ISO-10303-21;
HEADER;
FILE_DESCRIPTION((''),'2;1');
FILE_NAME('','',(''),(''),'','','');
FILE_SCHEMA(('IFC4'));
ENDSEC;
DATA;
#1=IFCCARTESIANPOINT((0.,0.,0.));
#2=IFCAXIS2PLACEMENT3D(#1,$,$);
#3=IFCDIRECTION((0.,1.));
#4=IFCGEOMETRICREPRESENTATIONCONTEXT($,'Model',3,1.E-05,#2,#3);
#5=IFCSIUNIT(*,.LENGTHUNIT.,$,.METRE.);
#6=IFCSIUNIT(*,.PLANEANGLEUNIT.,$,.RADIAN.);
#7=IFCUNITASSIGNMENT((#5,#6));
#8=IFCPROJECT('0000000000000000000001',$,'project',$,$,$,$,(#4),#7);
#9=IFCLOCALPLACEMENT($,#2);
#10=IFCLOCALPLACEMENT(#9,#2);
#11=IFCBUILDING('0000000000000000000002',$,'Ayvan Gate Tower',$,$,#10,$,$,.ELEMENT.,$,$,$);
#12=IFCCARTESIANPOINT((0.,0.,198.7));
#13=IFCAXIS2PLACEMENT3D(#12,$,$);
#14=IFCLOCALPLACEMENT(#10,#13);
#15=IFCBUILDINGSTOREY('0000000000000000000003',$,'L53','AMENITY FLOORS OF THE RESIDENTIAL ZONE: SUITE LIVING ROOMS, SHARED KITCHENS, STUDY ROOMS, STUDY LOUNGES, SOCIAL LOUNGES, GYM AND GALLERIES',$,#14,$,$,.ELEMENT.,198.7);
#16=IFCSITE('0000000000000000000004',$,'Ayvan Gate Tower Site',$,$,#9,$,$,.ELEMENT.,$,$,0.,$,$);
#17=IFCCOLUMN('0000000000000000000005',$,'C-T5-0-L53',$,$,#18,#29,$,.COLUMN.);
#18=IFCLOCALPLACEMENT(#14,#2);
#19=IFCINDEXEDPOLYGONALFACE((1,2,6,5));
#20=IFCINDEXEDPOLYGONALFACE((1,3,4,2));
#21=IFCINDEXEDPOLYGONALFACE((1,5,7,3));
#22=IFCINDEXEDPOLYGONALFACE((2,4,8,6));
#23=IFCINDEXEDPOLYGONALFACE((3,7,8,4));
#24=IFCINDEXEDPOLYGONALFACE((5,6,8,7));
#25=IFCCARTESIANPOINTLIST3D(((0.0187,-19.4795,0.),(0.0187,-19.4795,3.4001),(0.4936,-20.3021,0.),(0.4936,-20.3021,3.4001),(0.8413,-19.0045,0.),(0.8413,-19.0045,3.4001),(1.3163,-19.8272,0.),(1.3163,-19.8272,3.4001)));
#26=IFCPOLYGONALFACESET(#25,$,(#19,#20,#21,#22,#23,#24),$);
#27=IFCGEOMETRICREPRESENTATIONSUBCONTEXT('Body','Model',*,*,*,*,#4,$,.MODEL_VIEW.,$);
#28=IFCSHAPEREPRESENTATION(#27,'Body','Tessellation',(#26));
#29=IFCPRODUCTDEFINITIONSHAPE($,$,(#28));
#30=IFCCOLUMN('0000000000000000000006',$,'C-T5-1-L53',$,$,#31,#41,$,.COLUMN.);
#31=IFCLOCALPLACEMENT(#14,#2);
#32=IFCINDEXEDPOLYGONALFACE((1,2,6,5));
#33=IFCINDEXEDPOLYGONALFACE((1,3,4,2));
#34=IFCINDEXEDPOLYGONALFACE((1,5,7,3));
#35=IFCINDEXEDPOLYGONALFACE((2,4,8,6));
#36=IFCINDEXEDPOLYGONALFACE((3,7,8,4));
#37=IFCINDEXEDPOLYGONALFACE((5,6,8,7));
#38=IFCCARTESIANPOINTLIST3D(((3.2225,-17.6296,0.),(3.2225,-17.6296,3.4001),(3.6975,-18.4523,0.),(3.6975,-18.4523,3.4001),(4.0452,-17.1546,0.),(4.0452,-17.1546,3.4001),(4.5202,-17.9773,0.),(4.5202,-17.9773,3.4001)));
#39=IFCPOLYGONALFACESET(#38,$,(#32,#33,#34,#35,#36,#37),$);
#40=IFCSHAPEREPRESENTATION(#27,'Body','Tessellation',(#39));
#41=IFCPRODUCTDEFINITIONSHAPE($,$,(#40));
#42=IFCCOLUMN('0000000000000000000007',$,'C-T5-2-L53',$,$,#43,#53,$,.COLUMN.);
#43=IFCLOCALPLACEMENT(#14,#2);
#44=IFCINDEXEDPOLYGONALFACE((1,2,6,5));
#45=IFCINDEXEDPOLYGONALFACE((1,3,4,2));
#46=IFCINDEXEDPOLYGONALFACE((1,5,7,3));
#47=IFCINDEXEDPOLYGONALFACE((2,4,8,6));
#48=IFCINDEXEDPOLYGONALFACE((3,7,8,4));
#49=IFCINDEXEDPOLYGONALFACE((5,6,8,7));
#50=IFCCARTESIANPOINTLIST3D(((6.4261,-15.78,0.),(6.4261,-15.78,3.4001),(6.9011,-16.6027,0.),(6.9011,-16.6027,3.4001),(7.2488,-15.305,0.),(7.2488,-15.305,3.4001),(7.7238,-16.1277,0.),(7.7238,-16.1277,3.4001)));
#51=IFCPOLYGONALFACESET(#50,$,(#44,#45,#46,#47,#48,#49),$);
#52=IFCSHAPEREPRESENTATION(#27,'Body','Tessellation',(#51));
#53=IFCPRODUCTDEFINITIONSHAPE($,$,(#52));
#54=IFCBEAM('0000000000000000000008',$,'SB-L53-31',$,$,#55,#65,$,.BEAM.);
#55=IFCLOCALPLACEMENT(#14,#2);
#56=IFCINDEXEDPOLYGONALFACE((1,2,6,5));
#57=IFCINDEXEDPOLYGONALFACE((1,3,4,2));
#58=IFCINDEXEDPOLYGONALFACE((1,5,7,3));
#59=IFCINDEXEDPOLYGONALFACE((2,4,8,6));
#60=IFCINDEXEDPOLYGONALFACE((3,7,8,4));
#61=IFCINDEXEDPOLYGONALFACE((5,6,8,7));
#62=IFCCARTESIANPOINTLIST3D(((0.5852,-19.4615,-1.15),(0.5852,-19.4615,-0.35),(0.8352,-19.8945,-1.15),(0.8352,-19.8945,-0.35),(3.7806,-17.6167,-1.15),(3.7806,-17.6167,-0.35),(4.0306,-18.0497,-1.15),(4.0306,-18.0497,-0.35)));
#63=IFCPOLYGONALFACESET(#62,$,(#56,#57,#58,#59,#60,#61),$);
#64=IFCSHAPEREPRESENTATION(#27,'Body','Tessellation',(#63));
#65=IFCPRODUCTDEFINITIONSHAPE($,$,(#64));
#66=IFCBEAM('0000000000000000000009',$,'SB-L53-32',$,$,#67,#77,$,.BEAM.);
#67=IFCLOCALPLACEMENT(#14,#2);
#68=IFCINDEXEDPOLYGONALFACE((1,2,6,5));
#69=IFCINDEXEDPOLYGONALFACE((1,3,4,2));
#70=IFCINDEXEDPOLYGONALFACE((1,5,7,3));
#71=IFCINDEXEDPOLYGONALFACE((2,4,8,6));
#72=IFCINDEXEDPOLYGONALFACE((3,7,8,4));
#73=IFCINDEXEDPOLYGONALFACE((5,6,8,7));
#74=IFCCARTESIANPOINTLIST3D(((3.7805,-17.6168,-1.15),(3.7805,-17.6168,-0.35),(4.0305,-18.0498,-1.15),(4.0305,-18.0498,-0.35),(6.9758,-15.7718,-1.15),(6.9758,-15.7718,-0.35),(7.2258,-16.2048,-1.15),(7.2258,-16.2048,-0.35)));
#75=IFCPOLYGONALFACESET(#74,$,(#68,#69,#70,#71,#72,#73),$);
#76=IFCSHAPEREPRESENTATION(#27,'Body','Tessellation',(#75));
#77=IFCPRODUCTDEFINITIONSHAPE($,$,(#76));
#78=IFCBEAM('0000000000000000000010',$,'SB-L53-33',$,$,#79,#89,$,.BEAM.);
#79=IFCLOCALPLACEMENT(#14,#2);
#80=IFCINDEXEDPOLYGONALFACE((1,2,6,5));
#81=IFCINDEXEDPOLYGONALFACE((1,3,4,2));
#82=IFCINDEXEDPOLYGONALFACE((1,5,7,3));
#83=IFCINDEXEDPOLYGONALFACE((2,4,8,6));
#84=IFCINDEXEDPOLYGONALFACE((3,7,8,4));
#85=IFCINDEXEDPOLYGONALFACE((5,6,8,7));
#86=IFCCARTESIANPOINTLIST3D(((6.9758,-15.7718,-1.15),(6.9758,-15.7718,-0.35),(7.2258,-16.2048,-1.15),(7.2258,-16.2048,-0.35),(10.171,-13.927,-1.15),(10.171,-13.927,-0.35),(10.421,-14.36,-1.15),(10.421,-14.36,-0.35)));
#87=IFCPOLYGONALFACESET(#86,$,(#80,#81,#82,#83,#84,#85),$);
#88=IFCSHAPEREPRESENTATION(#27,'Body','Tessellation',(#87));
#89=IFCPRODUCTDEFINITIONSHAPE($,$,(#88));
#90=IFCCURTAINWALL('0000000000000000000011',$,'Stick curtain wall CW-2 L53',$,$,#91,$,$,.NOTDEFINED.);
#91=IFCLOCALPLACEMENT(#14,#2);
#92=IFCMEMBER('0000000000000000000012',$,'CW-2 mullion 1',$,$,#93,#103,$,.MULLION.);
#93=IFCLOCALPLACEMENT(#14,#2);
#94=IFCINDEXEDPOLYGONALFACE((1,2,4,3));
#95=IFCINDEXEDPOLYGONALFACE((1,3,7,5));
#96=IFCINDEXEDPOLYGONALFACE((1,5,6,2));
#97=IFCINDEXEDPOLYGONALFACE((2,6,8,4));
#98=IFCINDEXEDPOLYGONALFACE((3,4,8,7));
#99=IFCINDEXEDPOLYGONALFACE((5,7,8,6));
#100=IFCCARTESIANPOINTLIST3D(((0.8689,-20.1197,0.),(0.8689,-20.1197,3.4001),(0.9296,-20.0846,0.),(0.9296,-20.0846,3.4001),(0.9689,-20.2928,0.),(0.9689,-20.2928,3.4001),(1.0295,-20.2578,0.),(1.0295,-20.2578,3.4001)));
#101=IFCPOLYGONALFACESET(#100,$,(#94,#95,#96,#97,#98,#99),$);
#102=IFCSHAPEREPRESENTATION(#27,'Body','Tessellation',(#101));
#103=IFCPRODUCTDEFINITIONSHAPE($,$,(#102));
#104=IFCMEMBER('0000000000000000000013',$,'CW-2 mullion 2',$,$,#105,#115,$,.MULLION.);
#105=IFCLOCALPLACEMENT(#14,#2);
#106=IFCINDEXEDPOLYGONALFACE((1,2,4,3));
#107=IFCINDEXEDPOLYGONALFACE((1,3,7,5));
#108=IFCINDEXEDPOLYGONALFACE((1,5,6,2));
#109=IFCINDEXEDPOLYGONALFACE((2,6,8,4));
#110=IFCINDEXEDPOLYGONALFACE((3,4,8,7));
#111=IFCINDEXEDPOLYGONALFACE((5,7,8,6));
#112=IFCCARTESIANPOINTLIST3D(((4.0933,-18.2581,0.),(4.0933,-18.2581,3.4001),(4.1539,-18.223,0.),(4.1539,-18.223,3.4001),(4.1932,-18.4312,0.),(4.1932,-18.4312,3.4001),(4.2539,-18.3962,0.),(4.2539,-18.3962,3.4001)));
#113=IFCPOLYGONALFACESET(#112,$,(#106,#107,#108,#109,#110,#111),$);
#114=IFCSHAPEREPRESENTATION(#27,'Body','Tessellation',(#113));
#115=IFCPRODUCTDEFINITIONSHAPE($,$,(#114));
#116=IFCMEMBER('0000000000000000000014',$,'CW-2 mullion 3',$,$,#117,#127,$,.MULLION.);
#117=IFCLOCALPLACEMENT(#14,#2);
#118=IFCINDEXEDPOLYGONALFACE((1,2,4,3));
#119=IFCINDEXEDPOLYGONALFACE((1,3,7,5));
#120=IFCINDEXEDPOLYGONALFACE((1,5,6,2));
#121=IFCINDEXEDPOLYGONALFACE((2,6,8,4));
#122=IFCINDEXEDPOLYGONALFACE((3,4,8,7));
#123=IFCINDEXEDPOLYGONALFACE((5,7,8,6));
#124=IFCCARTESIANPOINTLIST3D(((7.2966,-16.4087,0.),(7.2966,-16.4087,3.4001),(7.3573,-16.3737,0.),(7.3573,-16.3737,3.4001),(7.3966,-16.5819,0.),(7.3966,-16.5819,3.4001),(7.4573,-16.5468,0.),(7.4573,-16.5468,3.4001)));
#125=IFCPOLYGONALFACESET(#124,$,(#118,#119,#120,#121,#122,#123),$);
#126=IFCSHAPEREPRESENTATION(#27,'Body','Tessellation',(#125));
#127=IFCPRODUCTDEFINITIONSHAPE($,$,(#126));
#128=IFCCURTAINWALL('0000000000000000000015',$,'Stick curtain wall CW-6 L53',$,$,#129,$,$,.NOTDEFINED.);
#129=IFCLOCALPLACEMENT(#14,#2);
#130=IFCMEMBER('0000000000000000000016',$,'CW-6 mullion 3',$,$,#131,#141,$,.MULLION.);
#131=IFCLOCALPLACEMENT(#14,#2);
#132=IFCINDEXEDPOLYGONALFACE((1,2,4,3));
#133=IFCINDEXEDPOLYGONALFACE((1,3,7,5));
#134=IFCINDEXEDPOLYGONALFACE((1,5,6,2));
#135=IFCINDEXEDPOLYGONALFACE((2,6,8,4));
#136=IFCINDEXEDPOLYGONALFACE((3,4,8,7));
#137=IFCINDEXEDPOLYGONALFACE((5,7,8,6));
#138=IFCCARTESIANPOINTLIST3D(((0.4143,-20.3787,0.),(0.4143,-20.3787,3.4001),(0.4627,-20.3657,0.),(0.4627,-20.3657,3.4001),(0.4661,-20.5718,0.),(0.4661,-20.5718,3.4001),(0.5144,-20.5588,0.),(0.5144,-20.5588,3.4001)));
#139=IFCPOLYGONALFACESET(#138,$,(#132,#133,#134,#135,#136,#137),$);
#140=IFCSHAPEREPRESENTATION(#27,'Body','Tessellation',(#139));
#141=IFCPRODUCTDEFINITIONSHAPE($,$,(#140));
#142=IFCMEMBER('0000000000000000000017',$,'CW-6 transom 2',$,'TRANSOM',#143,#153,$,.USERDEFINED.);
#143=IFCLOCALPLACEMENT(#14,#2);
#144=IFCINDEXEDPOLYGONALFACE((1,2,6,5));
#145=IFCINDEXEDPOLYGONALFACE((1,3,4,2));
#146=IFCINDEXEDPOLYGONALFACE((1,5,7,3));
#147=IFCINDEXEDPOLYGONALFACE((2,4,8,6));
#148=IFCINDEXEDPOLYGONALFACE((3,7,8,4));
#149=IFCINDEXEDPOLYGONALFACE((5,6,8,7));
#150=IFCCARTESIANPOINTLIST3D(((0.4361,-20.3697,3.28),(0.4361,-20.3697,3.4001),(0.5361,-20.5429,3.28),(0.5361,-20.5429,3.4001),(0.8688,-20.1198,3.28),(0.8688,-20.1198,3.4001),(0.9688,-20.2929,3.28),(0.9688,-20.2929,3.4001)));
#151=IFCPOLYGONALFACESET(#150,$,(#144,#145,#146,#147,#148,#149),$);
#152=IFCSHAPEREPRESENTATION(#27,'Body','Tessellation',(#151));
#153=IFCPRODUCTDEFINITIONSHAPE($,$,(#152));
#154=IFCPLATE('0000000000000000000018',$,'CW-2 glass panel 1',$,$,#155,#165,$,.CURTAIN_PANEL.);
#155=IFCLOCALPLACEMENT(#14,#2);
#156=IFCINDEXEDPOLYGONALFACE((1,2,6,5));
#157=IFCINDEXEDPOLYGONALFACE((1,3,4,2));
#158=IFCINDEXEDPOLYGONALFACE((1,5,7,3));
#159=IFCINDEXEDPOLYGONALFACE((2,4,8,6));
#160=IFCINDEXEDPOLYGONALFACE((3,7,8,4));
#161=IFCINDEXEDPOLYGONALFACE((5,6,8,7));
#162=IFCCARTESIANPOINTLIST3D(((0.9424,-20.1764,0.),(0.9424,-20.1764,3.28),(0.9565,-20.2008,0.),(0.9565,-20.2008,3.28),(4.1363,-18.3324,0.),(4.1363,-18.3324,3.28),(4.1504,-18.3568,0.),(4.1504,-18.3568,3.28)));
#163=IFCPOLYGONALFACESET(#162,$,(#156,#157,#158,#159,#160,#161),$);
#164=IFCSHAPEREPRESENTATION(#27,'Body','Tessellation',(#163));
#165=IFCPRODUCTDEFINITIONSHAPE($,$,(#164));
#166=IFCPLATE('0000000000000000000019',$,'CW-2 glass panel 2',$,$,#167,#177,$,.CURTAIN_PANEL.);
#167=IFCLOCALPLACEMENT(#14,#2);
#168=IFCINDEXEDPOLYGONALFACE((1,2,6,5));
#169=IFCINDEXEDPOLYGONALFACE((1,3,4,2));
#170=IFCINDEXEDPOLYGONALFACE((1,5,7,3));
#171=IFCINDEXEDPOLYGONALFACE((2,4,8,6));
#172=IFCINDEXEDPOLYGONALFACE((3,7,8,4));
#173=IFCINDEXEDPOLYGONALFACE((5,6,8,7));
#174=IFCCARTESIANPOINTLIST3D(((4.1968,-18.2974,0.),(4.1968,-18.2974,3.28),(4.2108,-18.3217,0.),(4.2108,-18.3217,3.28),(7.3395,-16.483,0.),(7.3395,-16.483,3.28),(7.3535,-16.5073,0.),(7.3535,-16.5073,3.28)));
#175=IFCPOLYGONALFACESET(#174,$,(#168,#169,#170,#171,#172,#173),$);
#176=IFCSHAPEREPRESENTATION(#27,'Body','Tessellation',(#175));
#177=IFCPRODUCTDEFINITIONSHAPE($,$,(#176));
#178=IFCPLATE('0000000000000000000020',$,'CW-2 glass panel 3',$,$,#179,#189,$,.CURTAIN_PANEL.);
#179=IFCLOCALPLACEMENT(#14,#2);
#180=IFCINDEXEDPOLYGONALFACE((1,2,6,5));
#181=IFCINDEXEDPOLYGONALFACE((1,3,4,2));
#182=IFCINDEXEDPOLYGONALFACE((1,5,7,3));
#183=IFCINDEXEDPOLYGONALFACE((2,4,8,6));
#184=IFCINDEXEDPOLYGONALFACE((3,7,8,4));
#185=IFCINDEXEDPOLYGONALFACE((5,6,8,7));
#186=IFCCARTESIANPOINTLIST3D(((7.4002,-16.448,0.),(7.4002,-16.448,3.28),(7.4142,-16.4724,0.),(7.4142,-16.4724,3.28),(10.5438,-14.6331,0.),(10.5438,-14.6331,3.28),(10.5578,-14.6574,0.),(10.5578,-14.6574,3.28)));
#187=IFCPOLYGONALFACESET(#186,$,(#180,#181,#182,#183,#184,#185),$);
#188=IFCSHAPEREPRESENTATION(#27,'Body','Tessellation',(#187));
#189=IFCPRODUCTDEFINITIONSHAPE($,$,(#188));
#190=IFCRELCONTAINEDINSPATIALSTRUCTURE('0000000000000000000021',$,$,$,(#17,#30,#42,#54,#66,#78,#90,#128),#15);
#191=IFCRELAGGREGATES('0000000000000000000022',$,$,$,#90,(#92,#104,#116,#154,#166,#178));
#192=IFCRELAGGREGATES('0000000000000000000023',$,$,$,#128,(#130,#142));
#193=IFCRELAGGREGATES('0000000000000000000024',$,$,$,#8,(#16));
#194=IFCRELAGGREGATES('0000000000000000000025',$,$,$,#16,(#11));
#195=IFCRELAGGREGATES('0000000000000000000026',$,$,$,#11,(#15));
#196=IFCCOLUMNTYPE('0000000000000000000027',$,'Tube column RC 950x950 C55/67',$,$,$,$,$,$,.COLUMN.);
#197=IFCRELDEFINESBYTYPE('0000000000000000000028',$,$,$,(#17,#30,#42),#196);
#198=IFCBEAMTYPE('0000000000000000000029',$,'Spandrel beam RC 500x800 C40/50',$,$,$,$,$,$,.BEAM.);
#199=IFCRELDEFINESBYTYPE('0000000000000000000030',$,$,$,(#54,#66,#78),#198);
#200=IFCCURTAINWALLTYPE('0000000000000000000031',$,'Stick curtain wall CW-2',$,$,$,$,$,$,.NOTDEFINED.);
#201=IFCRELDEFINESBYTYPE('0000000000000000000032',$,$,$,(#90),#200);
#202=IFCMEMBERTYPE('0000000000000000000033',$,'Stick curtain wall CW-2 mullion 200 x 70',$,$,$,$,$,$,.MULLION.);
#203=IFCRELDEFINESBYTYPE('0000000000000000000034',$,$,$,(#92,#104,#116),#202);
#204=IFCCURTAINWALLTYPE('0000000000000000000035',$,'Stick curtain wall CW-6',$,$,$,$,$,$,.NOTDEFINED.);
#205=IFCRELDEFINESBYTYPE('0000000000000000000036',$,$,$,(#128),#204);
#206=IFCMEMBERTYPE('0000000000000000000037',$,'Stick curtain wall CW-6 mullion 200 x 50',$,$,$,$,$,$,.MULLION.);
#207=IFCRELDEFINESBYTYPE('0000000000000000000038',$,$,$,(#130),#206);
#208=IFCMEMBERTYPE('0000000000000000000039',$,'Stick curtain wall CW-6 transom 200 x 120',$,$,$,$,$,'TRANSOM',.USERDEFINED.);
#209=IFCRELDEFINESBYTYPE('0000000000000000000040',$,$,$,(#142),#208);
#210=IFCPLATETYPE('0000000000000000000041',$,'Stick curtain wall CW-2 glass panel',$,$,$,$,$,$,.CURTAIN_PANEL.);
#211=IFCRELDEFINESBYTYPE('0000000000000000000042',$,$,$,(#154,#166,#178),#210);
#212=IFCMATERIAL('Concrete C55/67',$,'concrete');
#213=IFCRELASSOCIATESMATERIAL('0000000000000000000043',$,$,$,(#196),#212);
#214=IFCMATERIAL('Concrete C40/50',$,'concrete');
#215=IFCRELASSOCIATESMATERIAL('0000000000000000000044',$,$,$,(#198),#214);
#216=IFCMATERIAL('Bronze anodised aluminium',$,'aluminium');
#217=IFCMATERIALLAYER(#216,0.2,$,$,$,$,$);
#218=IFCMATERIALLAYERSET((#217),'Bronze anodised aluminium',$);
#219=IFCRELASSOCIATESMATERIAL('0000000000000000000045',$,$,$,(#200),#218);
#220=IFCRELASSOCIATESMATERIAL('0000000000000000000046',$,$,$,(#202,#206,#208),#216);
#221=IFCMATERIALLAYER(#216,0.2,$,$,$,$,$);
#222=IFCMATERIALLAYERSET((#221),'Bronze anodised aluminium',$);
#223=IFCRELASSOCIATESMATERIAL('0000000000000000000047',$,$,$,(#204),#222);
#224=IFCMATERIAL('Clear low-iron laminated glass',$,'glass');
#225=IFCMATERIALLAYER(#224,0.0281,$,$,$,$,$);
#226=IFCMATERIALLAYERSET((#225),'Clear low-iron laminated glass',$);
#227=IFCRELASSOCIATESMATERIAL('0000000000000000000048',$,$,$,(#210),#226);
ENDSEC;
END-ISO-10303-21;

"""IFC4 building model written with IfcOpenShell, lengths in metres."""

from ifc_helpers import new_model, si_unit, direction, frame, origin, origin_2d, place, context, subcontext, project, spatial, rectangle, extrude, material, layer, layer_set, material_profile, profile_set, type_object, element, aggregate, save


model = new_model("IFC4")

# Units and contexts
model_context = context("Model", 3, precision=1e-05, world=origin(), true_north=direction((0.0, 1.0)))
body_context = subcontext(model_context, "Body", "Model", "MODEL_VIEW")
ifc_project = project(units=[si_unit("LENGTHUNIT", "METRE"), si_unit("PLANEANGLEUNIT", "RADIAN")], contexts=[model_context])

# Site, building, storey
site_placement = place(None, origin())
site = spatial("IfcSite", under=ifc_project, at=site_placement, Name="Ayvan Gate Tower Site", CompositionType="ELEMENT", RefElevation=0.0)
building_placement = place(site_placement, origin())
building = spatial("IfcBuilding", under=site, at=building_placement, Name="Ayvan Gate Tower", CompositionType="ELEMENT")
storey_placement = place(building_placement, frame((0.0, 0.0, 198.7)))
storey = spatial("IfcBuildingStorey", under=building, at=storey_placement, Name="L53", Description="AMENITY FLOORS OF THE RESIDENTIAL ZONE: SUITE LIVING ROOMS, SHARED KITCHENS, STUDY ROOMS, STUDY LOUNGES, SOCIAL LOUNGES, GYM AND GALLERIES", CompositionType="ELEMENT", Elevation=198.7)

# Columns
ifc_material_1 = material(Name="Concrete C55/67", Category="concrete")
ifc_material_profile_1 = material_profile(ifc_material_1, rectangle(XDim=0.95, YDim=0.95, at=origin_2d()), Name="RC 950x950")
ifc_profile_set_1 = profile_set([ifc_material_profile_1], Name="Concrete C55/67")
column_type = type_object("IfcColumnType", Name="Tube column RC 950x950 C55/67", PredefinedType="COLUMN", material=ifc_profile_set_1)
for number, where, z_axis, x_axis, name in (
    (1, (0.6675, -19.6533, 0.0), (0.0, 0.0, 1.0), (0.5, -0.866025, 0.0), "C-T5-0-L53"),
    (2, (3.8713, -17.8035, 0.0), (0.0, 0.0, 1.0), (0.5, -0.866025, 0.0), "C-T5-1-L53"),
    (3, (7.075, -15.9539, 0.0), (0.0, 0.0, 1.0), (0.5, -0.866025, 0.0), "C-T5-2-L53"),
):
    element("IfcColumn", number, at=place(storey_placement, frame(where, z_axis=z_axis, x_axis=x_axis)), inside=storey, type_object=column_type, Name=name, PredefinedType="COLUMN", context=body_context, shape_type="SweptSolid", body=[
        extrude(rectangle(XDim=0.95, YDim=0.95, at=origin_2d()), origin(), (0.0, 0.0, 1.0), 3.4001),
    ])

# Beams
ifc_material_2 = material(Name="Concrete C40/50", Category="concrete")
ifc_material_profile_2 = material_profile(ifc_material_2, rectangle(XDim=0.5, YDim=0.8, at=origin_2d()), Name="RC 500x800")
ifc_profile_set_2 = profile_set([ifc_material_profile_2], Name="Concrete C40/50")
beam_type = type_object("IfcBeamType", Name="Spandrel beam RC 500x800 C40/50", PredefinedType="BEAM", material=ifc_profile_set_2)
for number, where, z_axis, x_axis, name in (
    (4, (0.7102, -19.678, -0.75), (0.866036, 0.499982, 0.0), (-0.499982, 0.866036, 0.0), "SB-L53-31"),
    (5, (3.9055, -17.8333, -0.75), (0.866007, 0.500032, 0.0), (-0.500032, 0.866007, 0.0), "SB-L53-32"),
):
    element("IfcBeam", number, at=place(storey_placement, frame(where, z_axis=z_axis, x_axis=x_axis)), inside=storey, type_object=beam_type, Name=name, PredefinedType="BEAM", context=body_context, shape_type="SweptSolid", body=[
        extrude(rectangle(XDim=0.5, YDim=0.8, at=origin_2d()), origin(), (0.0, 0.0, 1.0), 3.6897),
    ])
beam_placement = place(storey_placement, frame((7.1008, -15.9883, -0.75), z_axis=(0.866019, 0.500011, 0.0), x_axis=(-0.500011, 0.866019, 0.0)))
element("IfcBeam", 6, at=beam_placement, inside=storey, type_object=beam_type, Name="SB-L53-33", PredefinedType="BEAM", context=body_context, shape_type="SweptSolid", body=[
    extrude(rectangle(XDim=0.5, YDim=0.8, at=origin_2d()), origin(), (0.0, 0.0, 1.0), 3.6895),
])

# Curtain walls, members
ifc_material_3 = material(Name="Bronze anodised aluminium", Category="aluminium")
ifc_layer_1 = layer(ifc_material_3, 0.2)
ifc_layer_set_1 = layer_set([ifc_layer_1], Name="Bronze anodised aluminium")
curtain_wall_type_1 = type_object("IfcCurtainWallType", Name="Stick curtain wall CW-2", PredefinedType="NOTDEFINED", material=ifc_layer_set_1)
curtain_wall_1_placement = place(storey_placement, origin())
curtain_wall_1 = element("IfcCurtainWall", 7, at=curtain_wall_1_placement, inside=storey, type_object=curtain_wall_type_1, Name="Stick curtain wall CW-2 L53", PredefinedType="NOTDEFINED")
ifc_material_profile_3 = material_profile(ifc_material_3, rectangle(XDim=0.2, YDim=0.0701, at=origin_2d()), Name="Stick curtain wall CW-2 mullion 200 x 70")
ifc_profile_set_3 = profile_set([ifc_material_profile_3], Name="Bronze anodised aluminium")
member_type_1 = type_object("IfcMemberType", Name="Stick curtain wall CW-2 mullion 200 x 70", PredefinedType="MULLION", material=ifc_profile_set_3)
member_1_placement = place(storey_placement, frame((0.9492, -20.1887, 0.0), z_axis=(0.0, 0.0, 1.0), x_axis=(0.5, -0.866025, 0.0)))
member_1 = element("IfcMember", 8, at=member_1_placement, type_object=member_type_1, Name="CW-2 mullion 1", PredefinedType="MULLION", context=body_context, shape_type="SweptSolid", body=[
    extrude(rectangle(XDim=0.2, YDim=0.0701, at=origin_2d()), origin(), (0.0, 0.0, 1.0), 3.4001),
])
member_2_placement = place(storey_placement, frame((4.1736, -18.3271, 0.0), z_axis=(0.0, 0.0, 1.0), x_axis=(0.5, -0.866025, 0.0)))
member_2 = element("IfcMember", 9, at=member_2_placement, type_object=member_type_1, Name="CW-2 mullion 2", PredefinedType="MULLION", context=body_context, shape_type="SweptSolid", body=[
    extrude(rectangle(XDim=0.2, YDim=0.0701, at=origin_2d()), origin(), (0.0, 0.0, 1.0), 3.4001),
])
member_3_placement = place(storey_placement, frame((7.377, -16.4778, 0.0), z_axis=(0.0, 0.0, 1.0), x_axis=(0.5, -0.866025, 0.0)))
member_3 = element("IfcMember", 10, at=member_3_placement, type_object=member_type_1, Name="CW-2 mullion 3", PredefinedType="MULLION", context=body_context, shape_type="SweptSolid", body=[
    extrude(rectangle(XDim=0.2, YDim=0.0701, at=origin_2d()), origin(), (0.0, 0.0, 1.0), 3.4001),
])
ifc_layer_2 = layer(ifc_material_3, 0.2)
ifc_layer_set_2 = layer_set([ifc_layer_2], Name="Bronze anodised aluminium")
curtain_wall_type_2 = type_object("IfcCurtainWallType", Name="Stick curtain wall CW-6", PredefinedType="NOTDEFINED", material=ifc_layer_set_2)
curtain_wall_2_placement = place(storey_placement, origin())
curtain_wall_2 = element("IfcCurtainWall", 11, at=curtain_wall_2_placement, inside=storey, type_object=curtain_wall_type_2, Name="Stick curtain wall CW-6 L53", PredefinedType="NOTDEFINED")
ifc_material_profile_4 = material_profile(ifc_material_3, rectangle(XDim=0.2, YDim=0.05, at=origin_2d()), Name="Stick curtain wall CW-6 mullion 200 x 50")
ifc_profile_set_4 = profile_set([ifc_material_profile_4], Name="Bronze anodised aluminium")
member_type_2 = type_object("IfcMemberType", Name="Stick curtain wall CW-6 mullion 200 x 50", PredefinedType="MULLION", material=ifc_profile_set_4)
member_4_placement = place(storey_placement, frame((0.4644, -20.4688, 0.0), z_axis=(0.0, 0.0, 1.0), x_axis=(0.258819, -0.965926, 0.0)))
member_4 = element("IfcMember", 12, at=member_4_placement, type_object=member_type_2, Name="CW-6 mullion 3", PredefinedType="MULLION", context=body_context, shape_type="SweptSolid", body=[
    extrude(rectangle(XDim=0.2, YDim=0.05, at=origin_2d()), origin(), (0.0, 0.0, 1.0), 3.4001),
])
ifc_material_profile_5 = material_profile(ifc_material_3, rectangle(XDim=0.2, YDim=0.1201, at=origin_2d()), Name="Stick curtain wall CW-6 transom 200 x 120")
ifc_profile_set_5 = profile_set([ifc_material_profile_5], Name="Bronze anodised aluminium")
member_type_3 = type_object("IfcMemberType", Name="Stick curtain wall CW-6 transom 200 x 120", ElementType="TRANSOM", PredefinedType="USERDEFINED", material=ifc_profile_set_5)
member_5_placement = place(storey_placement, frame((0.4861, -20.4563, 3.3401), z_axis=(0.86595, 0.500131, 0.0), x_axis=(-0.500131, 0.86595, 0.0)))
member_5 = element("IfcMember", 13, at=member_5_placement, type_object=member_type_3, Name="CW-6 transom 2", ObjectType="TRANSOM", PredefinedType="USERDEFINED", context=body_context, shape_type="SweptSolid", body=[
    extrude(rectangle(XDim=0.2, YDim=0.1201, at=origin_2d()), origin(), (0.0, 0.0, 1.0), 0.4998),
])

# Plates
ifc_material_4 = material(Name="Clear low-iron laminated glass", Category="glass")
ifc_layer_3 = layer(ifc_material_4, 0.0281)
ifc_layer_set_3 = layer_set([ifc_layer_3], Name="Clear low-iron laminated glass")
plate_type_1 = type_object("IfcPlateType", Name="Stick curtain wall CW-2 glass panel", PredefinedType="CURTAIN_PANEL", material=ifc_layer_set_3)
plate_1_placement = place(storey_placement, frame((2.5464, -19.2666, 0.0), z_axis=(0.0, 0.0, 1.0), x_axis=(0.866025, 0.5, 0.0)))
plate_1 = element("IfcPlate", 14, at=plate_1_placement, type_object=plate_type_1, Name="CW-2 glass panel 1", PredefinedType="CURTAIN_PANEL", context=body_context, shape_type="SweptSolid", body=[
    extrude(rectangle(XDim=3.688, YDim=0.0281, at=origin_2d()), origin(), (0.0, 0.0, 1.0), 3.28),
])
plate_2_placement = place(storey_placement, frame((5.7751, -17.4023, 0.0), z_axis=(0.0, 0.0, 1.0), x_axis=(0.866025, 0.5, 0.0)))
plate_2 = element("IfcPlate", 15, at=plate_2_placement, type_object=plate_type_1, Name="CW-2 glass panel 2", PredefinedType="CURTAIN_PANEL", context=body_context, shape_type="SweptSolid", body=[
    extrude(rectangle(XDim=3.6289, YDim=0.0281, at=origin_2d()), origin(), (0.0, 0.0, 1.0), 3.28),
])
plate_3_placement = place(storey_placement, frame((8.979, -15.5527, 0.0), z_axis=(0.0, 0.0, 1.0), x_axis=(0.866025, 0.5, 0.0)))
plate_3 = element("IfcPlate", 16, at=plate_3_placement, type_object=plate_type_1, Name="CW-2 glass panel 3", PredefinedType="CURTAIN_PANEL", context=body_context, shape_type="SweptSolid", body=[
    extrude(rectangle(XDim=3.6299, YDim=0.0281, at=origin_2d()), origin(), (0.0, 0.0, 1.0), 3.28),
])
aggregate(curtain_wall_1, [member_1, member_2, member_3, plate_1, plate_2, plate_3])
aggregate(curtain_wall_2, [member_4, member_5])

save(model, "model.ifc")
